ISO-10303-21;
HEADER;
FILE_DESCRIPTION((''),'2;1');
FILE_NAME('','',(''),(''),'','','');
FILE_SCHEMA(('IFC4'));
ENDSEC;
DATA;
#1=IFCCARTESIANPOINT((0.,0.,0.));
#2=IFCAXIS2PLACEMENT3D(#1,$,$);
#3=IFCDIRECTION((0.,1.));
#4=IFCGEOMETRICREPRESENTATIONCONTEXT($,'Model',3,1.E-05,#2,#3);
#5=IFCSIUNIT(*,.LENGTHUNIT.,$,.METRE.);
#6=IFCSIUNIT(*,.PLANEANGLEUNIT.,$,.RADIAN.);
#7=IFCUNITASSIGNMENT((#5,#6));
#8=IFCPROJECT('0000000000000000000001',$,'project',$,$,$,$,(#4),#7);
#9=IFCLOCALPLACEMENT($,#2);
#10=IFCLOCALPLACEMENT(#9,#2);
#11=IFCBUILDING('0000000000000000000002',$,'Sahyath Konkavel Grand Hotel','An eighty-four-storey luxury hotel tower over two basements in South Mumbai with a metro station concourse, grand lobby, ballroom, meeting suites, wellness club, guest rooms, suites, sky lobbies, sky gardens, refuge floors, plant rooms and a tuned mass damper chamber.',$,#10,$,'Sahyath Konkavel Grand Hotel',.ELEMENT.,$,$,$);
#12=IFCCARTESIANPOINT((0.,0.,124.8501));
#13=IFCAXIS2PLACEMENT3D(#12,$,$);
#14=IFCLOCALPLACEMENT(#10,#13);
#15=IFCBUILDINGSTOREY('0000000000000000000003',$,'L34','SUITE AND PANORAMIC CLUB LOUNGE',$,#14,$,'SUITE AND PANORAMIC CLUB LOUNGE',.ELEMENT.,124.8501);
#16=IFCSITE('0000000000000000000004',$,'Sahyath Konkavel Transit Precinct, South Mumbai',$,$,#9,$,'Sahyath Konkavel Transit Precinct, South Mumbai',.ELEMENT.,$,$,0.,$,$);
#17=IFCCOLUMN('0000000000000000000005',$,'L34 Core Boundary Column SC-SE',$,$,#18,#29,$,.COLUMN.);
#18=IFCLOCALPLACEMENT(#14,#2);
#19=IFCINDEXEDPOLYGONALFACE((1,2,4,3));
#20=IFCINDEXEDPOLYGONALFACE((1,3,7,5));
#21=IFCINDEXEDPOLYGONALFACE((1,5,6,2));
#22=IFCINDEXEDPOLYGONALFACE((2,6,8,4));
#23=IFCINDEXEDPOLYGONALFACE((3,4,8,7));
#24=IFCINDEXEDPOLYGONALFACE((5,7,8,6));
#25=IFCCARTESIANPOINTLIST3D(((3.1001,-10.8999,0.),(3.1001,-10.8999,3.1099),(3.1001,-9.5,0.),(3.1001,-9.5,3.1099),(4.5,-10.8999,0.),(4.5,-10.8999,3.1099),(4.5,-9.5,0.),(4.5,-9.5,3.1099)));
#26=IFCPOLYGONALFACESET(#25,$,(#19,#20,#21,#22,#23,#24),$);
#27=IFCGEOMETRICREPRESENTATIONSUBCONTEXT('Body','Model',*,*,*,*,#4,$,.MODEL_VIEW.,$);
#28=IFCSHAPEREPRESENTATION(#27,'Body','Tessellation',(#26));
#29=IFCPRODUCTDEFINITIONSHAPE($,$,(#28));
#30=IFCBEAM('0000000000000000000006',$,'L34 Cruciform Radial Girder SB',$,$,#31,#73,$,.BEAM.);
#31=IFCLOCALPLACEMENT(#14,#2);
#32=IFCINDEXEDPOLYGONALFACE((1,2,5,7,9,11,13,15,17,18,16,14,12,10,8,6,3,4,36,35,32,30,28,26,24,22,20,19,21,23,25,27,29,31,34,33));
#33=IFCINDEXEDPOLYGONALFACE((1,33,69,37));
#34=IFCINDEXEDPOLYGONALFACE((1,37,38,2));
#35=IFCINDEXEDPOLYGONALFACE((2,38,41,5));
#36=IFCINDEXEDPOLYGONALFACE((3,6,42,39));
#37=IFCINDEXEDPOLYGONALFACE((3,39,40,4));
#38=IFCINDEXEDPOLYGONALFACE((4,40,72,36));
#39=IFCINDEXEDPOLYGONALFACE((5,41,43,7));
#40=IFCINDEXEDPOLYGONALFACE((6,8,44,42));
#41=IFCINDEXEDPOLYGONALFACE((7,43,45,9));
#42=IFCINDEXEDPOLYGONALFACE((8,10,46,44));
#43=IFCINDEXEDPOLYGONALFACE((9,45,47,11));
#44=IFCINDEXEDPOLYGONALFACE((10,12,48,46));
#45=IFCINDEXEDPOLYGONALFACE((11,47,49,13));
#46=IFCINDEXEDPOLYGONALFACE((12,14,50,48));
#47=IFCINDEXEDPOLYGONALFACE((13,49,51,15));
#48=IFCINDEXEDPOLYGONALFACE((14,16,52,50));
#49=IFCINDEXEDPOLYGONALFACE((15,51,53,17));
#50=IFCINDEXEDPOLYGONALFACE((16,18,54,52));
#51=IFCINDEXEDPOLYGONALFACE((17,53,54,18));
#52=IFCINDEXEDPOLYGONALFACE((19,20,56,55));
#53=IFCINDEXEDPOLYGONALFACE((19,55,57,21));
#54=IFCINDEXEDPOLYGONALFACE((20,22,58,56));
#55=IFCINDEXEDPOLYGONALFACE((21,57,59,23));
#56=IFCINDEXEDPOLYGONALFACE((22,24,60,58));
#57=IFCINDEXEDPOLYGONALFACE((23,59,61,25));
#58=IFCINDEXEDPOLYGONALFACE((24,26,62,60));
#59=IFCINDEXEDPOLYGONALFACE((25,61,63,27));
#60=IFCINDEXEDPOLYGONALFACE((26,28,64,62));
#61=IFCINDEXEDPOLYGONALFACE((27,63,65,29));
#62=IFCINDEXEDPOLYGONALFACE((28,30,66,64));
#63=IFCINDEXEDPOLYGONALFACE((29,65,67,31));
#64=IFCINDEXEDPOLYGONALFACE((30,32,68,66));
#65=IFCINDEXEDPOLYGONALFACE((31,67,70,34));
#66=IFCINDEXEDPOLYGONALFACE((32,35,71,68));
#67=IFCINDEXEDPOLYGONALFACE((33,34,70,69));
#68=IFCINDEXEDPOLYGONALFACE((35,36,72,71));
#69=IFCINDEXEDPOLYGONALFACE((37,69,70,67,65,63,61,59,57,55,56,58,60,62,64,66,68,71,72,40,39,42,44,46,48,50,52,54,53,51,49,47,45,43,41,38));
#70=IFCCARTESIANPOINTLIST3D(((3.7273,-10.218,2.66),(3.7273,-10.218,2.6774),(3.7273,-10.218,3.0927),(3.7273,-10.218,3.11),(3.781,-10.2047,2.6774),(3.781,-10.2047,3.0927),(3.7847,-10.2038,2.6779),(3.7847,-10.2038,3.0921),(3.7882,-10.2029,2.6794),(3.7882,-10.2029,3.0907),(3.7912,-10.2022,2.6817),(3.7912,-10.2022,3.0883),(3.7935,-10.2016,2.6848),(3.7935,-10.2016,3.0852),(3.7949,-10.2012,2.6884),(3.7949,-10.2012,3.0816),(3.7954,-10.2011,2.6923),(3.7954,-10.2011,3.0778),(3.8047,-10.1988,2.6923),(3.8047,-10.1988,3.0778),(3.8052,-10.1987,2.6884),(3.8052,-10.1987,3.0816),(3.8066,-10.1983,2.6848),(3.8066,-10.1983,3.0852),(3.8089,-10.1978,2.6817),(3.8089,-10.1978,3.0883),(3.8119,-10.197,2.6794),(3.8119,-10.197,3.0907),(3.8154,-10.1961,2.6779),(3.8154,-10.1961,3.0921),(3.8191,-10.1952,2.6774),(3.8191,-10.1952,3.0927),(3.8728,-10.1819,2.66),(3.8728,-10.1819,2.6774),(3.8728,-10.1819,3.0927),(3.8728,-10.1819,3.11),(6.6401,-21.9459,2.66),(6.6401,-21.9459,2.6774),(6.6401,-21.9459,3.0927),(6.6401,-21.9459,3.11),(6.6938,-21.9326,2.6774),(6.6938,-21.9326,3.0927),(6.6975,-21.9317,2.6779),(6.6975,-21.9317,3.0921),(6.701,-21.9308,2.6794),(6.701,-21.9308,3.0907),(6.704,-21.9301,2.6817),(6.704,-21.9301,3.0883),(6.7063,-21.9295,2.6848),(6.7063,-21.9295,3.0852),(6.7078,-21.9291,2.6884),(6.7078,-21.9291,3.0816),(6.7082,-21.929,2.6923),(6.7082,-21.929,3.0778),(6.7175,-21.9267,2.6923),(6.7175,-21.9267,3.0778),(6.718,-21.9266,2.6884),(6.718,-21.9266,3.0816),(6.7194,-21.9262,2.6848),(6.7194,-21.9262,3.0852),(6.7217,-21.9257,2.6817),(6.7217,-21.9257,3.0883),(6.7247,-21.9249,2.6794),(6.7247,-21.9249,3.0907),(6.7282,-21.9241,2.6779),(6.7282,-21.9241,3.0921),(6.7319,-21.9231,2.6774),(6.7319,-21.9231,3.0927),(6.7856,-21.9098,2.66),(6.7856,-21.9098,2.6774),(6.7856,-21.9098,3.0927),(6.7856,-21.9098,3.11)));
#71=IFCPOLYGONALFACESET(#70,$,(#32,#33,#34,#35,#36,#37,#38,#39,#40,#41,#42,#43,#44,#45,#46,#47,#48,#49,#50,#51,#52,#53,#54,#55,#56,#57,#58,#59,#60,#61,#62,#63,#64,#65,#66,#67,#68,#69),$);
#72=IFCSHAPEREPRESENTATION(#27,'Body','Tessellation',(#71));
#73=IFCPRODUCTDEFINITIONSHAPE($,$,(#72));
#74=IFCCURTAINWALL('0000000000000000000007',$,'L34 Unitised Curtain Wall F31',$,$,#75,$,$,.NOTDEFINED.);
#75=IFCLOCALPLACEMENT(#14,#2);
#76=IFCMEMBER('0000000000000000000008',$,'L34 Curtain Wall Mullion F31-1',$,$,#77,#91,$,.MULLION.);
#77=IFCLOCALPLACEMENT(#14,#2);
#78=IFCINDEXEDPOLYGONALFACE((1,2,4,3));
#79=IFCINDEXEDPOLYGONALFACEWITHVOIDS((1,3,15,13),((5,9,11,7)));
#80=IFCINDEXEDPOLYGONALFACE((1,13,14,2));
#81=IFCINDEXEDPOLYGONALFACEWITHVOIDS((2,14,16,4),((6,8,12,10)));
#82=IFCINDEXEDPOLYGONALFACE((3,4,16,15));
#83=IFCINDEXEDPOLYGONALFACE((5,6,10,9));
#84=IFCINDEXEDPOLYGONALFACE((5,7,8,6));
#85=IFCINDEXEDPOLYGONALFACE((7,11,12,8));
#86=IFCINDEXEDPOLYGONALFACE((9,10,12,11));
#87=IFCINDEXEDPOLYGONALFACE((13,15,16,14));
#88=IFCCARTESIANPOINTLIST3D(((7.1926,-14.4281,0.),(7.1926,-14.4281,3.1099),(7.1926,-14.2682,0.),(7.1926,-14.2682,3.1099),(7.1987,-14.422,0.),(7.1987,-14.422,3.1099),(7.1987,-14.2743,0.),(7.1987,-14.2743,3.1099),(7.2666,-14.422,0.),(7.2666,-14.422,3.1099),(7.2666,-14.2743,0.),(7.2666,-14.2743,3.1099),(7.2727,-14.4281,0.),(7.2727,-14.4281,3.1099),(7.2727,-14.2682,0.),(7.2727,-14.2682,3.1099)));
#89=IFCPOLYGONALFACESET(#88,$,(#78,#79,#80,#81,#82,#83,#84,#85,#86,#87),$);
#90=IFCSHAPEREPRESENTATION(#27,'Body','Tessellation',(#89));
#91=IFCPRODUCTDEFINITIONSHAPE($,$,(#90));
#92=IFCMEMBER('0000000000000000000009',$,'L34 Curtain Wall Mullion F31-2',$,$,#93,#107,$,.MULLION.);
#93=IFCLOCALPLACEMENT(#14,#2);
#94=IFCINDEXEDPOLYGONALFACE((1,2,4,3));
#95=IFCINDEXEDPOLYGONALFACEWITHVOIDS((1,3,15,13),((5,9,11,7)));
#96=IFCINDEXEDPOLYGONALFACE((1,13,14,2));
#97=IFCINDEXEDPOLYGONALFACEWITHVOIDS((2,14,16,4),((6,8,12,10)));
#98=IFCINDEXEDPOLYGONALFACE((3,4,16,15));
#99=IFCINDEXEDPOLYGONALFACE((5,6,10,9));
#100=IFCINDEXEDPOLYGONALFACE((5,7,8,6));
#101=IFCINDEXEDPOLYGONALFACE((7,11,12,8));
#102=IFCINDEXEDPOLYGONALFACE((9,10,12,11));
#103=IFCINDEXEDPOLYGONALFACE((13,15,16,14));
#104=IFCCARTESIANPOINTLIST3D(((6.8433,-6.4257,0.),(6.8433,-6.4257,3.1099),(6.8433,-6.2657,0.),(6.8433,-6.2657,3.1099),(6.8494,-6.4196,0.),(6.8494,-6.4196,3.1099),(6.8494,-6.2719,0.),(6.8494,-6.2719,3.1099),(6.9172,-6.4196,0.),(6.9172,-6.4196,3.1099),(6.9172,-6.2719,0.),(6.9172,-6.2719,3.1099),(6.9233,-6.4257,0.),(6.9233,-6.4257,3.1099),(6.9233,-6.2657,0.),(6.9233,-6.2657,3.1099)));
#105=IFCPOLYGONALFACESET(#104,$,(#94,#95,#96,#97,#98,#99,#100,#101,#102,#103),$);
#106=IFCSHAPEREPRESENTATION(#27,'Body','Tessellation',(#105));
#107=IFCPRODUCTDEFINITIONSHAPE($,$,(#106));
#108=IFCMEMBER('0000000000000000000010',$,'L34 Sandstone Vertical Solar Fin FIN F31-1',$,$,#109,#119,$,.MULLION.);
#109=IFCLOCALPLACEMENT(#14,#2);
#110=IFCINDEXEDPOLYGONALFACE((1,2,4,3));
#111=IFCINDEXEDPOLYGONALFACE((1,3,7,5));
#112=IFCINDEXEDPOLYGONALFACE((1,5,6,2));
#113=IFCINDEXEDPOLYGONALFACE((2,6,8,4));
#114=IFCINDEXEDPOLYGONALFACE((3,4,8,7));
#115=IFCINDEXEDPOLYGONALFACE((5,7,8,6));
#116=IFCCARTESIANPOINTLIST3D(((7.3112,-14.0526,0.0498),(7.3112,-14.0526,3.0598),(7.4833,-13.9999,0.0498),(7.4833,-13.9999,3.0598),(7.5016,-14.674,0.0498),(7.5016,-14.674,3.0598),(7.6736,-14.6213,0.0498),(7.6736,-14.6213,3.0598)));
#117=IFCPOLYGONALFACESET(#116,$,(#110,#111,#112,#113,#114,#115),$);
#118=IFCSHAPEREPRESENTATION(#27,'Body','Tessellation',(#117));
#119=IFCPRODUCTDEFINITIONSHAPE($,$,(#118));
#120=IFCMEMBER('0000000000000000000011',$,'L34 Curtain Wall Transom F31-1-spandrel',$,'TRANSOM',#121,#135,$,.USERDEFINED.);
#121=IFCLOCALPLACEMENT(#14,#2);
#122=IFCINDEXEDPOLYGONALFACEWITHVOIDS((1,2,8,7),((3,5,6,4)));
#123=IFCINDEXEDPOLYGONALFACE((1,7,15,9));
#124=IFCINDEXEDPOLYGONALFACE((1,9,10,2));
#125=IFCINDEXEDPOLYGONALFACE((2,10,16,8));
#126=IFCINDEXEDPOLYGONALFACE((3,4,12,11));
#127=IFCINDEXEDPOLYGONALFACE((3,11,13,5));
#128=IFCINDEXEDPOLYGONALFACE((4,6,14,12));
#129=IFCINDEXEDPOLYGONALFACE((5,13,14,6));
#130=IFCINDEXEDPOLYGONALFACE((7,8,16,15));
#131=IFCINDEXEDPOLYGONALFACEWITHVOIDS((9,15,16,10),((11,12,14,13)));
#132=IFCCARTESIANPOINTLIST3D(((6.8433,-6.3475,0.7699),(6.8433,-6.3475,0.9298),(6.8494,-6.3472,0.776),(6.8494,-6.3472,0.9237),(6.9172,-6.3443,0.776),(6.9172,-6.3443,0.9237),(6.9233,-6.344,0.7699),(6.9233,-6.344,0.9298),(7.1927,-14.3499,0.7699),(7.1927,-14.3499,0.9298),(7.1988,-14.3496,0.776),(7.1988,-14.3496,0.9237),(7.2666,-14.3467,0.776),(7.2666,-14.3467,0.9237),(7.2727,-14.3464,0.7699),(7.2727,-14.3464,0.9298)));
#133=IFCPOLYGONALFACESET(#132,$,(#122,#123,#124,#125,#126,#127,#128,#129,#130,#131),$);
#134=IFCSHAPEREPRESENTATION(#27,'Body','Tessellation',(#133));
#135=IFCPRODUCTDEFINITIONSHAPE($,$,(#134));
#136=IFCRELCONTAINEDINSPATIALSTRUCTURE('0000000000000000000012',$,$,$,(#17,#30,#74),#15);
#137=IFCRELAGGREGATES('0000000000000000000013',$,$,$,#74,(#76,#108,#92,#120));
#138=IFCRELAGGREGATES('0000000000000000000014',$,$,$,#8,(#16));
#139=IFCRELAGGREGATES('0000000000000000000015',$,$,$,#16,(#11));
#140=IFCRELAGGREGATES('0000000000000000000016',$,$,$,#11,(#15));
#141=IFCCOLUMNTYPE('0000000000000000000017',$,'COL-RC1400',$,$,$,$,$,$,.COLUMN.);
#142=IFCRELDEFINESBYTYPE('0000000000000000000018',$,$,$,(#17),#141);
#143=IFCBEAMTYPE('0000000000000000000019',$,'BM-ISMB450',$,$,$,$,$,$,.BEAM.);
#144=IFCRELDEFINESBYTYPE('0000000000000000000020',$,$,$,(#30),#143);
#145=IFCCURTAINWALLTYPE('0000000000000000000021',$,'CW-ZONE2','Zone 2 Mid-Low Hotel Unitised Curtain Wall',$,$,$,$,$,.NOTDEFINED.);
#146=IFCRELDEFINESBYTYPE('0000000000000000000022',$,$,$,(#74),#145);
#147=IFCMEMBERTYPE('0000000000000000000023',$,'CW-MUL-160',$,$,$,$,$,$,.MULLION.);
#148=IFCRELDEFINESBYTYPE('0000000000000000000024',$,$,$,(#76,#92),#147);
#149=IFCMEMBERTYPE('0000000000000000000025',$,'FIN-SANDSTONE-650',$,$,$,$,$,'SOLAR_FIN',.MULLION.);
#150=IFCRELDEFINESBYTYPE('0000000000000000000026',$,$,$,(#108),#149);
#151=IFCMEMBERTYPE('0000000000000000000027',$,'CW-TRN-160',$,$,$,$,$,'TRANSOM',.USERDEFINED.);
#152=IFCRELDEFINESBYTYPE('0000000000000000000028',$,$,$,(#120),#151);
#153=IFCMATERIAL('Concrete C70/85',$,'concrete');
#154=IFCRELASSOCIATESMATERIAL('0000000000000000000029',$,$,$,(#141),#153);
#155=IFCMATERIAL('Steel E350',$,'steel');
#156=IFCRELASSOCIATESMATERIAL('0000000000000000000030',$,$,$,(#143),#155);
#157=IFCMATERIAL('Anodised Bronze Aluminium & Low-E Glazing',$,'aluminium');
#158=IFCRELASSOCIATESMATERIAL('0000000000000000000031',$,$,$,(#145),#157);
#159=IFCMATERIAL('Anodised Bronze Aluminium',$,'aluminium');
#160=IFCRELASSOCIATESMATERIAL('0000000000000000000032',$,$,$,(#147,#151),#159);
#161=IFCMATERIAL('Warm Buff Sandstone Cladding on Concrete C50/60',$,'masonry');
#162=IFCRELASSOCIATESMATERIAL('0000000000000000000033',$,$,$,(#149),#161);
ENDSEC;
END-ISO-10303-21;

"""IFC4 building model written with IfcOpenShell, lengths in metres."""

from ifc_helpers import new_model, si_unit, direction, frame, origin, origin_2d, place, context, subcontext, project, spatial, rectangle, hollow_rectangle, i_section, extrude, source, transform, mapped, material, material_profile, profile_set, type_object, element, aggregate, save


model = new_model("IFC4")

# Units and contexts
model_context = context("Model", 3, precision=1e-05, world=origin(), true_north=direction((0.0, 1.0)))
body_context = subcontext(model_context, "Body", "Model", "MODEL_VIEW")
ifc_project = project(units=[si_unit("LENGTHUNIT", "METRE"), si_unit("PLANEANGLEUNIT", "RADIAN")], contexts=[model_context])

# Site, building, storey
site_placement = place(None, origin())
site = spatial("IfcSite", under=ifc_project, at=site_placement, Name="Sahyath Konkavel Transit Precinct, South Mumbai", LongName="Sahyath Konkavel Transit Precinct, South Mumbai", CompositionType="ELEMENT", RefElevation=0.0)
building_placement = place(site_placement, origin())
building = spatial("IfcBuilding", under=site, at=building_placement, Name="Sahyath Konkavel Grand Hotel", Description="An eighty-four-storey luxury hotel tower over two basements in South Mumbai with a metro station concourse, grand lobby, ballroom, meeting suites, wellness club, guest rooms, suites, sky lobbies, sky gardens, refuge floors, plant rooms and a tuned mass damper chamber.", LongName="Sahyath Konkavel Grand Hotel", CompositionType="ELEMENT")
storey_placement = place(building_placement, frame((0.0, 0.0, 124.8501)))
storey = spatial("IfcBuildingStorey", under=building, at=storey_placement, Name="L34", Description="SUITE AND PANORAMIC CLUB LOUNGE", LongName="SUITE AND PANORAMIC CLUB LOUNGE", CompositionType="ELEMENT", Elevation=124.8501)

# Column
ifc_material_1 = material(Name="Concrete C70/85", Category="concrete")
ifc_material_profile_1 = material_profile(ifc_material_1, rectangle(XDim=1.3999, YDim=1.3999, at=origin_2d()), Name="RC 1400x1400")
ifc_profile_set_1 = profile_set([ifc_material_profile_1], Name="Concrete C70/85")
column_type = type_object("IfcColumnType", Name="COL-RC1400", PredefinedType="COLUMN", material=ifc_profile_set_1)
shared_shape_1 = source(origin(), body_context, "Body", "SweptSolid", [
    extrude(rectangle(XDim=1.3999, YDim=1.3999, at=origin_2d()), origin(), (0.0, 0.0, 1.0), 3.1099),
])
column_placement = place(storey_placement, frame((3.8, -10.2, 0.0), z_axis=(0.0, 0.0, 1.0), x_axis=(1.0, 0.0, 0.0)))
element("IfcColumn", 1, at=column_placement, inside=storey, type_object=column_type, Name="L34 Core Boundary Column SC-SE", PredefinedType="COLUMN", context=body_context, shape_type="MappedRepresentation", body=[
    mapped(shared_shape_1, transform((0.0, 0.0, 0.0), scale=1.0)),
])

# Beam
ifc_material_2 = material(Name="Steel E350", Category="steel")
ifc_material_profile_2 = material_profile(ifc_material_2, i_section(OverallWidth=0.1499, OverallDepth=0.45, WebThickness=0.0095, FlangeThickness=0.0173, FilletRadius=0.0149, at=origin_2d()), Name="ISMB 450")
ifc_profile_set_2 = profile_set([ifc_material_profile_2], Name="Steel E350")
beam_type_1 = type_object("IfcBeamType", Name="BM-ISMB450", PredefinedType="BEAM", material=ifc_profile_set_2)
shared_shape_2 = source(origin(), body_context, "Body", "SweptSolid", [
    extrude(i_section(OverallWidth=0.1499, OverallDepth=0.45, WebThickness=0.0095, FlangeThickness=0.0173, FilletRadius=0.0149, at=origin_2d()), origin(), (0.0, 0.0, 1.0), 12.0842),
])
beam_1_placement = place(storey_placement, frame((3.8, -10.2, 2.885), z_axis=(0.241043, -0.970515, 0.0), x_axis=(0.970515, 0.241043, 0.0)))
element("IfcBeam", 2, at=beam_1_placement, inside=storey, type_object=beam_type_1, Name="L34 Cruciform Radial Girder SB", PredefinedType="BEAM", context=body_context, shape_type="MappedRepresentation", body=[
    mapped(shared_shape_2, transform((0.0, 0.0, 0.0), scale=1.0)),
])

# Curtain wall, members
ifc_material_3 = material(Name="Anodised Bronze Aluminium & Low-E Glazing", Category="aluminium")
curtain_wall_type = type_object("IfcCurtainWallType", Name="CW-ZONE2", Description="Zone 2 Mid-Low Hotel Unitised Curtain Wall", PredefinedType="NOTDEFINED", material=ifc_material_3)
curtain_wall_placement = place(storey_placement, origin())
curtain_wall = element("IfcCurtainWall", 3, at=curtain_wall_placement, inside=storey, type_object=curtain_wall_type, Name="L34 Unitised Curtain Wall F31", PredefinedType="NOTDEFINED")
ifc_material_4 = material(Name="Anodised Bronze Aluminium", Category="aluminium")
ifc_material_profile_3 = material_profile(ifc_material_4, hollow_rectangle(XDim=0.0801, YDim=0.1599, WallThickness=0.0061, at=origin_2d()), Name="RHS 160x80x6")
ifc_profile_set_3 = profile_set([ifc_material_profile_3], Name="Anodised Bronze Aluminium")
member_type_1 = type_object("IfcMemberType", Name="CW-MUL-160", PredefinedType="MULLION", material=ifc_profile_set_3)
shared_shape_3 = source(origin(), body_context, "Body", "SweptSolid", [
    extrude(hollow_rectangle(XDim=0.0801, YDim=0.1599, WallThickness=0.0061, at=origin_2d()), origin(), (0.0, 0.0, 1.0), 3.1099),
])
member_1_placement = place(storey_placement, frame((7.2327, -14.3481, 0.0), z_axis=(0.0, 0.0, 1.0), x_axis=(1.0, 0.0, 0.0)))
member_1 = element("IfcMember", 4, at=member_1_placement, type_object=member_type_1, Name="L34 Curtain Wall Mullion F31-1", PredefinedType="MULLION", context=body_context, shape_type="MappedRepresentation", body=[
    mapped(shared_shape_3, transform((0.0, 0.0, 0.0), scale=1.0)),
])
member_2_placement = place(storey_placement, frame((6.8833, -6.3457, 0.0), z_axis=(0.0, 0.0, 1.0), x_axis=(1.0, 0.0, 0.0)))
member_2 = element("IfcMember", 5, at=member_2_placement, type_object=member_type_1, Name="L34 Curtain Wall Mullion F31-2", PredefinedType="MULLION", context=body_context, shape_type="MappedRepresentation", body=[
    mapped(shared_shape_3, transform((0.0, 0.0, 0.0), scale=1.0)),
])
ifc_material_5 = material(Name="Warm Buff Sandstone Cladding on Concrete C50/60", Category="masonry")
ifc_material_profile_4 = material_profile(ifc_material_5, rectangle(XDim=0.1799, YDim=0.6499, at=origin_2d()), Name="FIN 180x650")
ifc_profile_set_4 = profile_set([ifc_material_profile_4], Name="Warm Buff Sandstone Cladding on Concrete C50/60")
member_type_2 = type_object("IfcMemberType", Name="FIN-SANDSTONE-650", ElementType="SOLAR_FIN", PredefinedType="MULLION", material=ifc_profile_set_4)
shared_shape_4 = source(origin(), body_context, "Body", "SweptSolid", [
    extrude(rectangle(XDim=0.1799, YDim=0.6499, at=origin_2d()), origin(), (0.0, 0.0, 1.0), 3.01),
])
member_3_placement = place(storey_placement, frame((7.4924, -14.3369, 0.0498), z_axis=(0.0, 0.0, 1.0), x_axis=(0.956152, 0.292872, 0.0)))
member_3 = element("IfcMember", 6, at=member_3_placement, type_object=member_type_2, Name="L34 Sandstone Vertical Solar Fin FIN F31-1", PredefinedType="MULLION", context=body_context, shape_type="MappedRepresentation", body=[
    mapped(shared_shape_4, transform((0.0, 0.0, 0.0), scale=1.0)),
])
ifc_material_profile_5 = material_profile(ifc_material_4, hollow_rectangle(XDim=0.0801, YDim=0.1599, WallThickness=0.0061, at=origin_2d()), Name="RHS 160x80x6")
ifc_profile_set_5 = profile_set([ifc_material_profile_5], Name="Anodised Bronze Aluminium")
member_type_3 = type_object("IfcMemberType", Name="CW-TRN-160", ElementType="TRANSOM", PredefinedType="USERDEFINED", material=ifc_profile_set_5)
shared_shape_5 = source(origin(), body_context, "Body", "SweptSolid", [
    extrude(hollow_rectangle(XDim=0.0801, YDim=0.1599, WallThickness=0.0061, at=origin_2d()), origin(), (0.0, 0.0, 1.0), 8.01),
])
member_4_placement = place(storey_placement, frame((7.2327, -14.3481, 0.8499), z_axis=(-0.043616, 0.999048, 0.0), x_axis=(-0.999048, -0.043616, 0.0)))
member_4 = element("IfcMember", 7, at=member_4_placement, type_object=member_type_3, Name="L34 Curtain Wall Transom F31-1-spandrel", ObjectType="TRANSOM", PredefinedType="USERDEFINED", context=body_context, shape_type="MappedRepresentation", body=[
    mapped(shared_shape_5, transform((0.0, 0.0, 0.0), scale=1.0)),
])

aggregate(curtain_wall, [member_1, member_3, member_2, member_4])

save(model, "model.ifc")
